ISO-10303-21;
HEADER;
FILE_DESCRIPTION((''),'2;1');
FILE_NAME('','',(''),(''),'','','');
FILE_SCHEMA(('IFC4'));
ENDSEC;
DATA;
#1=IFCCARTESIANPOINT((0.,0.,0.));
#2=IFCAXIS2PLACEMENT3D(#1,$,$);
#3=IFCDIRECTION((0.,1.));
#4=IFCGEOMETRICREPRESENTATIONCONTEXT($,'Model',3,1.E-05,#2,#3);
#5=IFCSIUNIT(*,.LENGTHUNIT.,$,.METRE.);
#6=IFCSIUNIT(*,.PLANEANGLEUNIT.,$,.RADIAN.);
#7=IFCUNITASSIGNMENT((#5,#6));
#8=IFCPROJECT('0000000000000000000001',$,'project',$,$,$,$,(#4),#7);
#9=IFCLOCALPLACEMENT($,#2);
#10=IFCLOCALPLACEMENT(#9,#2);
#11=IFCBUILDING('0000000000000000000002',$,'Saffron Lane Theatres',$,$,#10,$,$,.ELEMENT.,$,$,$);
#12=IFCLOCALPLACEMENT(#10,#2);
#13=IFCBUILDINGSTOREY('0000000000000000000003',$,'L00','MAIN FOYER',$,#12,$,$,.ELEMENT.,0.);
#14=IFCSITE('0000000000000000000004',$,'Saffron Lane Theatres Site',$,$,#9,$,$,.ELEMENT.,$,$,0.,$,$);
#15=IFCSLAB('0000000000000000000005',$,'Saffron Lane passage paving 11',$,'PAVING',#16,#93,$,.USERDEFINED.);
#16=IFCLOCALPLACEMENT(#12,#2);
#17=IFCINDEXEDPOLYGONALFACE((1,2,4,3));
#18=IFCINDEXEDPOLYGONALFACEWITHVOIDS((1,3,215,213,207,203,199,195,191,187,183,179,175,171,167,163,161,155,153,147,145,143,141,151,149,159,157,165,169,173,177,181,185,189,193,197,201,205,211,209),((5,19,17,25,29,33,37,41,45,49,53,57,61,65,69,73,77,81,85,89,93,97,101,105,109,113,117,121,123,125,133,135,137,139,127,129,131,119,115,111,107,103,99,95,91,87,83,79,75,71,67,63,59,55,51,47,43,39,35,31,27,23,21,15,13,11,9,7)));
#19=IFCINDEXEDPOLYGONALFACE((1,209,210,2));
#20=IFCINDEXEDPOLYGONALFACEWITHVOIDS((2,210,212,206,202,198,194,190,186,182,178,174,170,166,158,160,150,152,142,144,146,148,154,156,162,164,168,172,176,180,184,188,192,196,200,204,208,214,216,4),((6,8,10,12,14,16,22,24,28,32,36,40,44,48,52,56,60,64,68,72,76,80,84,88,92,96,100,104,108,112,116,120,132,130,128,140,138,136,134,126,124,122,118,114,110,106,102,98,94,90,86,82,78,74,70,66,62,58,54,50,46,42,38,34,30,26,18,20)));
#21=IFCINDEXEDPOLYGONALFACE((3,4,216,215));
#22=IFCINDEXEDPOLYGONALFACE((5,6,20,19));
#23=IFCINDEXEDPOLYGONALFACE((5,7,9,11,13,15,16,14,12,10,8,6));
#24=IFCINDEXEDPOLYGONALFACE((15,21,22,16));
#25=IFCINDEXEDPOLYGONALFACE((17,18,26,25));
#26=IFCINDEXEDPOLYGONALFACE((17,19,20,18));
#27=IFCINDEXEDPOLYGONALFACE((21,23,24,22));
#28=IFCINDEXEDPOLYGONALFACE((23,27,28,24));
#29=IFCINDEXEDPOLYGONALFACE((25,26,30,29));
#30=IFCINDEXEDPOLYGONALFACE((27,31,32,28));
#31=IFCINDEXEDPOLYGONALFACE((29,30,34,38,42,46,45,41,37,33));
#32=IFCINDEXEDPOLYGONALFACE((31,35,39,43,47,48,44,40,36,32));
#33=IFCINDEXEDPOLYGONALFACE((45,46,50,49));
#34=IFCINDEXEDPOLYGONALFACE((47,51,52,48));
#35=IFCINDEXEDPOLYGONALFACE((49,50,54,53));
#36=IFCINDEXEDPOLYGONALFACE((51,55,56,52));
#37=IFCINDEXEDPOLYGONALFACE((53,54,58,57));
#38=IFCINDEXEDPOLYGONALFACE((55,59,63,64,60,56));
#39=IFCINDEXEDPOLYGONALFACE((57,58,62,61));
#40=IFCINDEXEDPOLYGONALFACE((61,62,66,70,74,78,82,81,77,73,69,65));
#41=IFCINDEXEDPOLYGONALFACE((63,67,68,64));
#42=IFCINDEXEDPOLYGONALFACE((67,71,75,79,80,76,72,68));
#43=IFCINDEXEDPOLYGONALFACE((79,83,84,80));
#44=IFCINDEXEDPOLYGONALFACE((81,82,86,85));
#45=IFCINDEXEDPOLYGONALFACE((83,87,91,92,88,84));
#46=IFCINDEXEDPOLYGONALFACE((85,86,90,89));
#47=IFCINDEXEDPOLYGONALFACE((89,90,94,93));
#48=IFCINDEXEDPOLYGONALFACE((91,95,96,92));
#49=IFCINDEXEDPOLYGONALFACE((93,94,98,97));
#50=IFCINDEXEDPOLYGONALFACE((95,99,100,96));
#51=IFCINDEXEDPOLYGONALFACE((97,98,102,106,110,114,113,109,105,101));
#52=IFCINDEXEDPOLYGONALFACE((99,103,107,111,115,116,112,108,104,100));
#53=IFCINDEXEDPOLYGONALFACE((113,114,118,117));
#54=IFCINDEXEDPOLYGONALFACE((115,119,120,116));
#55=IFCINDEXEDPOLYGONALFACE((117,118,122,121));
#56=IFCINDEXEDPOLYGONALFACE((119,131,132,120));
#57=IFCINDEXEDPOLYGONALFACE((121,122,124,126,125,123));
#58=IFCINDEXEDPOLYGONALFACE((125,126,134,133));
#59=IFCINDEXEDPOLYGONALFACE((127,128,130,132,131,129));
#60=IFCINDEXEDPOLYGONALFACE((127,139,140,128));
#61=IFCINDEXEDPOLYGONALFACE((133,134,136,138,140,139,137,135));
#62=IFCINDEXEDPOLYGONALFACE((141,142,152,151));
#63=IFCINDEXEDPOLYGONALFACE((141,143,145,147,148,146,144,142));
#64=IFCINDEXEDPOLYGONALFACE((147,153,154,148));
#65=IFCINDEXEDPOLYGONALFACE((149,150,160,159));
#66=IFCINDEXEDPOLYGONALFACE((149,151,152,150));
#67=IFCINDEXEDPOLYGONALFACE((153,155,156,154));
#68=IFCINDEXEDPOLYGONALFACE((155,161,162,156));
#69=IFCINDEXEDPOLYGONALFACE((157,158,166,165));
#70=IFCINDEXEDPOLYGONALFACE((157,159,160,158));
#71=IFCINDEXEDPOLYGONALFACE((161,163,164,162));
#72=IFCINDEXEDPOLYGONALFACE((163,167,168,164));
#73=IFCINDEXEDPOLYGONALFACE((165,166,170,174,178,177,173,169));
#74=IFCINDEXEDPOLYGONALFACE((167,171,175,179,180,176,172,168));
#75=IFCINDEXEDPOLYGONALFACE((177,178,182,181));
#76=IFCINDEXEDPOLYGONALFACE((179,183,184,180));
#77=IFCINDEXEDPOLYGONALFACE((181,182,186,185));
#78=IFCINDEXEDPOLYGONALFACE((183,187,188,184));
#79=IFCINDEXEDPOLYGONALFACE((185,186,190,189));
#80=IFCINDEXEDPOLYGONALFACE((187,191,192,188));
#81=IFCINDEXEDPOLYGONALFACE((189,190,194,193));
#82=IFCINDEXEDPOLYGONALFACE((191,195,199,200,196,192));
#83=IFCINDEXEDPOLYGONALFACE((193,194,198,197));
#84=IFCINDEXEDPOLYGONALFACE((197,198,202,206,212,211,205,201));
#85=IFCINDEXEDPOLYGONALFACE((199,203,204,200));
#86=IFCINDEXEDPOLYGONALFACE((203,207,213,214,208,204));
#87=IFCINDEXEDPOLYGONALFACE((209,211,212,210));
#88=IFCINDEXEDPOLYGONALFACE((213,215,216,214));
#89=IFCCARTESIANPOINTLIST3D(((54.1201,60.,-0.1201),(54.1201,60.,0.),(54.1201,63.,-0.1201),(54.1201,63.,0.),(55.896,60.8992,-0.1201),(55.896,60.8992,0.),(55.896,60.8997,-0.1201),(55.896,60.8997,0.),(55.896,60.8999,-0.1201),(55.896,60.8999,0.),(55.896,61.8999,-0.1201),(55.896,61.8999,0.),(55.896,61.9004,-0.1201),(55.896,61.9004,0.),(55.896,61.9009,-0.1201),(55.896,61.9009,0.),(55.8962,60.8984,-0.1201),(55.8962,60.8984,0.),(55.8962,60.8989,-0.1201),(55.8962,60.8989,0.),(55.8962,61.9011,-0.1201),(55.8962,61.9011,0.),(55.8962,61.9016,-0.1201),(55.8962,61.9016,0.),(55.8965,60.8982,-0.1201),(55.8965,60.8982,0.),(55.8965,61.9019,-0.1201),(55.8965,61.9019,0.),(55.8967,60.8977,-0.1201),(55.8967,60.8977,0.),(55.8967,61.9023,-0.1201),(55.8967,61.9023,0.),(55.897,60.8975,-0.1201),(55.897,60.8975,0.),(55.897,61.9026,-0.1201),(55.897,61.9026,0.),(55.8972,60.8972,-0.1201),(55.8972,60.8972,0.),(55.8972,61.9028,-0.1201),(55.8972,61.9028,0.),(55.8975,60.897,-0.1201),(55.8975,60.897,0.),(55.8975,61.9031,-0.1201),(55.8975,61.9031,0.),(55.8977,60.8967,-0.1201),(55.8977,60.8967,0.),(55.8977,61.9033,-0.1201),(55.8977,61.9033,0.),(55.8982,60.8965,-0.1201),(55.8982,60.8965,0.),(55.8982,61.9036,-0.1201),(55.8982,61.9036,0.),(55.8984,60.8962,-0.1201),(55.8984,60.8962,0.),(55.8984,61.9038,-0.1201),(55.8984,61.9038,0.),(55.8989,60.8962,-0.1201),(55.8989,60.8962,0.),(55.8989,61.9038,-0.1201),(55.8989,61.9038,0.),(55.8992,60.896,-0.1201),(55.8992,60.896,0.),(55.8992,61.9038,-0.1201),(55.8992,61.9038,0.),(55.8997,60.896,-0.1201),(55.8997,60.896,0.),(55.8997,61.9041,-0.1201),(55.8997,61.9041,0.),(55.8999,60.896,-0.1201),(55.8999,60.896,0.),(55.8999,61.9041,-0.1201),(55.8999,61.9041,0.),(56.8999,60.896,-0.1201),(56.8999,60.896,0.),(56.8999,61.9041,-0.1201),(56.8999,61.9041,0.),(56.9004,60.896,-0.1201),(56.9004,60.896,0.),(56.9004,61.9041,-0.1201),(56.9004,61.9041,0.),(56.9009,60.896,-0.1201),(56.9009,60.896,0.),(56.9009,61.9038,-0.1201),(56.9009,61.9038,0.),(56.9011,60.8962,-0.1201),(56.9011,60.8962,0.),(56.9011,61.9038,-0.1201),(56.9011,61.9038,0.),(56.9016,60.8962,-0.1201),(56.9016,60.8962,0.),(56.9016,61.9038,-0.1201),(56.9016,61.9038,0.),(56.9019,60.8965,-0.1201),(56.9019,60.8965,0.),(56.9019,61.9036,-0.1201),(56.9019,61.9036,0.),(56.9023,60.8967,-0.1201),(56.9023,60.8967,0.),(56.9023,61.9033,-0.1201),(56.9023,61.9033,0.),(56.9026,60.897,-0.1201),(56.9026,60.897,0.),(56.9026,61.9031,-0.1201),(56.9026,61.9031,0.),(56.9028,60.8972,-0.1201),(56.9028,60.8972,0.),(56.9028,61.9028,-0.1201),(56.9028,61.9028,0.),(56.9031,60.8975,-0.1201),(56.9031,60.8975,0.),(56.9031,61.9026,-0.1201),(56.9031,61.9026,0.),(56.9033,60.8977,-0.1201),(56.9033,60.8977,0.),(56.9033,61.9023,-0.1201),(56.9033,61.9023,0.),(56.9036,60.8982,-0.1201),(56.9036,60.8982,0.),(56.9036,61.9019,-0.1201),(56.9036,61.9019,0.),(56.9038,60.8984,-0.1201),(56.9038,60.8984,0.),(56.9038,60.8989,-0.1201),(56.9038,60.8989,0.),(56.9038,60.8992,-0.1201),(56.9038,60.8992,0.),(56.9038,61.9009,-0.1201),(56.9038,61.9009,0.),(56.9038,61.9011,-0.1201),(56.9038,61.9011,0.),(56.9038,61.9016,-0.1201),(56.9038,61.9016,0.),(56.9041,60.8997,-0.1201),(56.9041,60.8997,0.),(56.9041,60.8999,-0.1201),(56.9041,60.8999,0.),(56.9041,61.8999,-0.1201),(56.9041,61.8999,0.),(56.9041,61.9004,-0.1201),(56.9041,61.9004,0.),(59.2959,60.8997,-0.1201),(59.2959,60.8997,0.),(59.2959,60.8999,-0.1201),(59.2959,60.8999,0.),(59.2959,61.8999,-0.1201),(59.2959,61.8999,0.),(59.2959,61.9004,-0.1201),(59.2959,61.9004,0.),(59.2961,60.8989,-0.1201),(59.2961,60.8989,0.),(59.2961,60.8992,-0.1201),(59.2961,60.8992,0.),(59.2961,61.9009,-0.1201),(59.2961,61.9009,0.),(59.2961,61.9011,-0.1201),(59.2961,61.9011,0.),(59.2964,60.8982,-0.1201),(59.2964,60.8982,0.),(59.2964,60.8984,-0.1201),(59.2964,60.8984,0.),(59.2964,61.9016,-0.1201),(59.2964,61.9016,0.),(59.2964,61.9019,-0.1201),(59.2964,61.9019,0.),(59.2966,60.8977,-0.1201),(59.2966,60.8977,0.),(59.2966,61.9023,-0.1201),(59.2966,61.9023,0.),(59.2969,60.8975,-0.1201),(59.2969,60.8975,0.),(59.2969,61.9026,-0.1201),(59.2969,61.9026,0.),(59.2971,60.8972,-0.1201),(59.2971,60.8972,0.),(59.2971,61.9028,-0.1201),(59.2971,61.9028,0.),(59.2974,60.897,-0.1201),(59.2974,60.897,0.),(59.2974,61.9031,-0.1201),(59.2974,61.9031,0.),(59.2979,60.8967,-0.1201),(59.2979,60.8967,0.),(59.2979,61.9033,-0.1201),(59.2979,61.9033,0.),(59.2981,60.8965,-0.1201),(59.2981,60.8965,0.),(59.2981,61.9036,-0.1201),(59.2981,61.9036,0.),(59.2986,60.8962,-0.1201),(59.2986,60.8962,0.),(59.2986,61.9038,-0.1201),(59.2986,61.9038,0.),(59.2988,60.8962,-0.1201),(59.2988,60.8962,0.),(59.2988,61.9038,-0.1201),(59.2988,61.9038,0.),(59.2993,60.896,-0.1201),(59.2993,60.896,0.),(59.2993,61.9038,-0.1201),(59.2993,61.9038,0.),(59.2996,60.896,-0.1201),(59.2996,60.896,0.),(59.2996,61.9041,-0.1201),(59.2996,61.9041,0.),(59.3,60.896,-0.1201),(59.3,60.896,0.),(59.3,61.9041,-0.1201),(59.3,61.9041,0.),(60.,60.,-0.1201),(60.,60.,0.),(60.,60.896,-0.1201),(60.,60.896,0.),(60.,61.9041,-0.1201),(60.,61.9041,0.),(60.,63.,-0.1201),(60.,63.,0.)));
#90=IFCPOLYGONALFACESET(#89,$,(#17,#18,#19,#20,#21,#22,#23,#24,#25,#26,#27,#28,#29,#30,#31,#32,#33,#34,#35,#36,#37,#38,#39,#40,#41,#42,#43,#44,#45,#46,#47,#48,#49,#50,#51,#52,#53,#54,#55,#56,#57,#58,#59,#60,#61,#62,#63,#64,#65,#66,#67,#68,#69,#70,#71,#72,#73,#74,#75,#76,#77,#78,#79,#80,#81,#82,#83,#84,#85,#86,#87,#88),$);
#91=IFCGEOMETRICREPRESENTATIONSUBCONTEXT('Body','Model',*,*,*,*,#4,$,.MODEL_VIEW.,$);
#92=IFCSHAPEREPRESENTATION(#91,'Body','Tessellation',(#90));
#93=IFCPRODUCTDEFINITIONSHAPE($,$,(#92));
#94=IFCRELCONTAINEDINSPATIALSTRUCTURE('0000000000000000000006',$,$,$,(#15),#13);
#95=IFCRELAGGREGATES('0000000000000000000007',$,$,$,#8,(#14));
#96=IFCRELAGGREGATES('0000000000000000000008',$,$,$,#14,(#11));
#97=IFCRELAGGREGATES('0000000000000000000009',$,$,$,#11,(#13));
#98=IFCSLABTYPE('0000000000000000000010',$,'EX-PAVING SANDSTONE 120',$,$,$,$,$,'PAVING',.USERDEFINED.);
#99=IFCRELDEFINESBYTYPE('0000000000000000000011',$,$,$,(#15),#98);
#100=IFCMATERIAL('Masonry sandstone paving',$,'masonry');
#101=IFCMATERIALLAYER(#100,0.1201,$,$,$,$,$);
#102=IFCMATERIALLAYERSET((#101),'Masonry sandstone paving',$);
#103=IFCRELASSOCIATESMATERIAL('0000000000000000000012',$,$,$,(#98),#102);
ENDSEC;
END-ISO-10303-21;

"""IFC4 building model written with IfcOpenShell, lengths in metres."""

from ifc_helpers import new_model, si_unit, direction, frame, origin, place, context, subcontext, project, spatial, polyline, outline, extrude, material, layer, layer_set, type_object, element, save


model = new_model("IFC4")

# Units and contexts
model_context = context("Model", 3, precision=1e-05, world=origin(), true_north=direction((0.0, 1.0)))
body_context = subcontext(model_context, "Body", "Model", "MODEL_VIEW")
ifc_project = project(units=[si_unit("LENGTHUNIT", "METRE"), si_unit("PLANEANGLEUNIT", "RADIAN")], contexts=[model_context])

# Site, building, storey
site_placement = place(None, origin())
site = spatial("IfcSite", under=ifc_project, at=site_placement, Name="Saffron Lane Theatres Site", CompositionType="ELEMENT", RefElevation=0.0)
building_placement = place(site_placement, origin())
building = spatial("IfcBuilding", under=site, at=building_placement, Name="Saffron Lane Theatres", CompositionType="ELEMENT")
storey_placement = place(building_placement, origin())
storey = spatial("IfcBuildingStorey", under=building, at=storey_placement, Name="L00", Description="MAIN FOYER", CompositionType="ELEMENT", Elevation=0.0)

# Slab
ifc_material_1 = material(Name="Masonry sandstone paving", Category="masonry")
ifc_layer_1 = layer(ifc_material_1, 0.1201)
ifc_layer_set_1 = layer_set([ifc_layer_1], Name="Masonry sandstone paving")
slab_type_1 = type_object("IfcSlabType", Name="EX-PAVING SANDSTONE 120", ElementType="PAVING", PredefinedType="USERDEFINED", material=ifc_layer_set_1)
slab_1_placement = place(storey_placement, frame((0.0, 0.0, -0.1201)))
element("IfcSlab", 1, at=slab_1_placement, inside=storey, type_object=slab_type_1, Name="Saffron Lane passage paving 11", ObjectType="PAVING", PredefinedType="USERDEFINED", context=body_context, shape_type="SweptSolid", body=[
    extrude(outline(polyline([(60.0, 61.9041), (60.0, 63.0), (54.1201, 63.0), (54.1201, 60.0), (60.0, 60.0), (60.0, 60.896), (59.3, 60.896), (59.2996, 60.896), (59.2993, 60.896), (59.2988, 60.8962), (59.2986, 60.8962), (59.2981, 60.8965), (59.2979, 60.8967), (59.2974, 60.897), (59.2971, 60.8972), (59.2969, 60.8975), (59.2966, 60.8977), (59.2964, 60.8982), (59.2964, 60.8984), (59.2961, 60.8989), (59.2961, 60.8992), (59.2959, 60.8997), (59.2959, 60.8999), (59.2959, 61.8999), (59.2959, 61.9004), (59.2961, 61.9009), (59.2961, 61.9011), (59.2964, 61.9016), (59.2964, 61.9019), (59.2966, 61.9023), (59.2969, 61.9026), (59.2971, 61.9028), (59.2974, 61.9031), (59.2979, 61.9033), (59.2981, 61.9036), (59.2986, 61.9038), (59.2988, 61.9038), (59.2993, 61.9038), (59.2996, 61.9041), (59.3, 61.9041), (60.0, 61.9041)]), holes=[polyline([(55.896, 61.9004), (55.896, 61.9009), (55.8962, 61.9011), (55.8962, 61.9016), (55.8965, 61.9019), (55.8967, 61.9023), (55.897, 61.9026), (55.8972, 61.9028), (55.8975, 61.9031), (55.8977, 61.9033), (55.8982, 61.9036), (55.8984, 61.9038), (55.8989, 61.9038), (55.8992, 61.9038), (55.8997, 61.9041), (55.8999, 61.9041), (56.8999, 61.9041), (56.9004, 61.9041), (56.9009, 61.9038), (56.9011, 61.9038), (56.9016, 61.9038), (56.9019, 61.9036), (56.9023, 61.9033), (56.9026, 61.9031), (56.9028, 61.9028), (56.9031, 61.9026), (56.9033, 61.9023), (56.9036, 61.9019), (56.9038, 61.9016), (56.9038, 61.9011), (56.9038, 61.9009), (56.9041, 61.9004), (56.9041, 61.8999), (56.9041, 60.8999), (56.9041, 60.8997), (56.9038, 60.8992), (56.9038, 60.8989), (56.9038, 60.8984), (56.9036, 60.8982), (56.9033, 60.8977), (56.9031, 60.8975), (56.9028, 60.8972), (56.9026, 60.897), (56.9023, 60.8967), (56.9019, 60.8965), (56.9016, 60.8962), (56.9011, 60.8962), (56.9009, 60.896), (56.9004, 60.896), (56.8999, 60.896), (55.8999, 60.896), (55.8997, 60.896), (55.8992, 60.896), (55.8989, 60.8962), (55.8984, 60.8962), (55.8982, 60.8965), (55.8977, 60.8967), (55.8975, 60.897), (55.8972, 60.8972), (55.897, 60.8975), (55.8967, 60.8977), (55.8965, 60.8982), (55.8962, 60.8984), (55.8962, 60.8989), (55.896, 60.8992), (55.896, 60.8997), (55.896, 60.8999), (55.896, 61.8999), (55.896, 61.9004)])]), origin(), (0.0, 0.0, 1.0), 0.1201),
])

save(model, "model.ifc")
